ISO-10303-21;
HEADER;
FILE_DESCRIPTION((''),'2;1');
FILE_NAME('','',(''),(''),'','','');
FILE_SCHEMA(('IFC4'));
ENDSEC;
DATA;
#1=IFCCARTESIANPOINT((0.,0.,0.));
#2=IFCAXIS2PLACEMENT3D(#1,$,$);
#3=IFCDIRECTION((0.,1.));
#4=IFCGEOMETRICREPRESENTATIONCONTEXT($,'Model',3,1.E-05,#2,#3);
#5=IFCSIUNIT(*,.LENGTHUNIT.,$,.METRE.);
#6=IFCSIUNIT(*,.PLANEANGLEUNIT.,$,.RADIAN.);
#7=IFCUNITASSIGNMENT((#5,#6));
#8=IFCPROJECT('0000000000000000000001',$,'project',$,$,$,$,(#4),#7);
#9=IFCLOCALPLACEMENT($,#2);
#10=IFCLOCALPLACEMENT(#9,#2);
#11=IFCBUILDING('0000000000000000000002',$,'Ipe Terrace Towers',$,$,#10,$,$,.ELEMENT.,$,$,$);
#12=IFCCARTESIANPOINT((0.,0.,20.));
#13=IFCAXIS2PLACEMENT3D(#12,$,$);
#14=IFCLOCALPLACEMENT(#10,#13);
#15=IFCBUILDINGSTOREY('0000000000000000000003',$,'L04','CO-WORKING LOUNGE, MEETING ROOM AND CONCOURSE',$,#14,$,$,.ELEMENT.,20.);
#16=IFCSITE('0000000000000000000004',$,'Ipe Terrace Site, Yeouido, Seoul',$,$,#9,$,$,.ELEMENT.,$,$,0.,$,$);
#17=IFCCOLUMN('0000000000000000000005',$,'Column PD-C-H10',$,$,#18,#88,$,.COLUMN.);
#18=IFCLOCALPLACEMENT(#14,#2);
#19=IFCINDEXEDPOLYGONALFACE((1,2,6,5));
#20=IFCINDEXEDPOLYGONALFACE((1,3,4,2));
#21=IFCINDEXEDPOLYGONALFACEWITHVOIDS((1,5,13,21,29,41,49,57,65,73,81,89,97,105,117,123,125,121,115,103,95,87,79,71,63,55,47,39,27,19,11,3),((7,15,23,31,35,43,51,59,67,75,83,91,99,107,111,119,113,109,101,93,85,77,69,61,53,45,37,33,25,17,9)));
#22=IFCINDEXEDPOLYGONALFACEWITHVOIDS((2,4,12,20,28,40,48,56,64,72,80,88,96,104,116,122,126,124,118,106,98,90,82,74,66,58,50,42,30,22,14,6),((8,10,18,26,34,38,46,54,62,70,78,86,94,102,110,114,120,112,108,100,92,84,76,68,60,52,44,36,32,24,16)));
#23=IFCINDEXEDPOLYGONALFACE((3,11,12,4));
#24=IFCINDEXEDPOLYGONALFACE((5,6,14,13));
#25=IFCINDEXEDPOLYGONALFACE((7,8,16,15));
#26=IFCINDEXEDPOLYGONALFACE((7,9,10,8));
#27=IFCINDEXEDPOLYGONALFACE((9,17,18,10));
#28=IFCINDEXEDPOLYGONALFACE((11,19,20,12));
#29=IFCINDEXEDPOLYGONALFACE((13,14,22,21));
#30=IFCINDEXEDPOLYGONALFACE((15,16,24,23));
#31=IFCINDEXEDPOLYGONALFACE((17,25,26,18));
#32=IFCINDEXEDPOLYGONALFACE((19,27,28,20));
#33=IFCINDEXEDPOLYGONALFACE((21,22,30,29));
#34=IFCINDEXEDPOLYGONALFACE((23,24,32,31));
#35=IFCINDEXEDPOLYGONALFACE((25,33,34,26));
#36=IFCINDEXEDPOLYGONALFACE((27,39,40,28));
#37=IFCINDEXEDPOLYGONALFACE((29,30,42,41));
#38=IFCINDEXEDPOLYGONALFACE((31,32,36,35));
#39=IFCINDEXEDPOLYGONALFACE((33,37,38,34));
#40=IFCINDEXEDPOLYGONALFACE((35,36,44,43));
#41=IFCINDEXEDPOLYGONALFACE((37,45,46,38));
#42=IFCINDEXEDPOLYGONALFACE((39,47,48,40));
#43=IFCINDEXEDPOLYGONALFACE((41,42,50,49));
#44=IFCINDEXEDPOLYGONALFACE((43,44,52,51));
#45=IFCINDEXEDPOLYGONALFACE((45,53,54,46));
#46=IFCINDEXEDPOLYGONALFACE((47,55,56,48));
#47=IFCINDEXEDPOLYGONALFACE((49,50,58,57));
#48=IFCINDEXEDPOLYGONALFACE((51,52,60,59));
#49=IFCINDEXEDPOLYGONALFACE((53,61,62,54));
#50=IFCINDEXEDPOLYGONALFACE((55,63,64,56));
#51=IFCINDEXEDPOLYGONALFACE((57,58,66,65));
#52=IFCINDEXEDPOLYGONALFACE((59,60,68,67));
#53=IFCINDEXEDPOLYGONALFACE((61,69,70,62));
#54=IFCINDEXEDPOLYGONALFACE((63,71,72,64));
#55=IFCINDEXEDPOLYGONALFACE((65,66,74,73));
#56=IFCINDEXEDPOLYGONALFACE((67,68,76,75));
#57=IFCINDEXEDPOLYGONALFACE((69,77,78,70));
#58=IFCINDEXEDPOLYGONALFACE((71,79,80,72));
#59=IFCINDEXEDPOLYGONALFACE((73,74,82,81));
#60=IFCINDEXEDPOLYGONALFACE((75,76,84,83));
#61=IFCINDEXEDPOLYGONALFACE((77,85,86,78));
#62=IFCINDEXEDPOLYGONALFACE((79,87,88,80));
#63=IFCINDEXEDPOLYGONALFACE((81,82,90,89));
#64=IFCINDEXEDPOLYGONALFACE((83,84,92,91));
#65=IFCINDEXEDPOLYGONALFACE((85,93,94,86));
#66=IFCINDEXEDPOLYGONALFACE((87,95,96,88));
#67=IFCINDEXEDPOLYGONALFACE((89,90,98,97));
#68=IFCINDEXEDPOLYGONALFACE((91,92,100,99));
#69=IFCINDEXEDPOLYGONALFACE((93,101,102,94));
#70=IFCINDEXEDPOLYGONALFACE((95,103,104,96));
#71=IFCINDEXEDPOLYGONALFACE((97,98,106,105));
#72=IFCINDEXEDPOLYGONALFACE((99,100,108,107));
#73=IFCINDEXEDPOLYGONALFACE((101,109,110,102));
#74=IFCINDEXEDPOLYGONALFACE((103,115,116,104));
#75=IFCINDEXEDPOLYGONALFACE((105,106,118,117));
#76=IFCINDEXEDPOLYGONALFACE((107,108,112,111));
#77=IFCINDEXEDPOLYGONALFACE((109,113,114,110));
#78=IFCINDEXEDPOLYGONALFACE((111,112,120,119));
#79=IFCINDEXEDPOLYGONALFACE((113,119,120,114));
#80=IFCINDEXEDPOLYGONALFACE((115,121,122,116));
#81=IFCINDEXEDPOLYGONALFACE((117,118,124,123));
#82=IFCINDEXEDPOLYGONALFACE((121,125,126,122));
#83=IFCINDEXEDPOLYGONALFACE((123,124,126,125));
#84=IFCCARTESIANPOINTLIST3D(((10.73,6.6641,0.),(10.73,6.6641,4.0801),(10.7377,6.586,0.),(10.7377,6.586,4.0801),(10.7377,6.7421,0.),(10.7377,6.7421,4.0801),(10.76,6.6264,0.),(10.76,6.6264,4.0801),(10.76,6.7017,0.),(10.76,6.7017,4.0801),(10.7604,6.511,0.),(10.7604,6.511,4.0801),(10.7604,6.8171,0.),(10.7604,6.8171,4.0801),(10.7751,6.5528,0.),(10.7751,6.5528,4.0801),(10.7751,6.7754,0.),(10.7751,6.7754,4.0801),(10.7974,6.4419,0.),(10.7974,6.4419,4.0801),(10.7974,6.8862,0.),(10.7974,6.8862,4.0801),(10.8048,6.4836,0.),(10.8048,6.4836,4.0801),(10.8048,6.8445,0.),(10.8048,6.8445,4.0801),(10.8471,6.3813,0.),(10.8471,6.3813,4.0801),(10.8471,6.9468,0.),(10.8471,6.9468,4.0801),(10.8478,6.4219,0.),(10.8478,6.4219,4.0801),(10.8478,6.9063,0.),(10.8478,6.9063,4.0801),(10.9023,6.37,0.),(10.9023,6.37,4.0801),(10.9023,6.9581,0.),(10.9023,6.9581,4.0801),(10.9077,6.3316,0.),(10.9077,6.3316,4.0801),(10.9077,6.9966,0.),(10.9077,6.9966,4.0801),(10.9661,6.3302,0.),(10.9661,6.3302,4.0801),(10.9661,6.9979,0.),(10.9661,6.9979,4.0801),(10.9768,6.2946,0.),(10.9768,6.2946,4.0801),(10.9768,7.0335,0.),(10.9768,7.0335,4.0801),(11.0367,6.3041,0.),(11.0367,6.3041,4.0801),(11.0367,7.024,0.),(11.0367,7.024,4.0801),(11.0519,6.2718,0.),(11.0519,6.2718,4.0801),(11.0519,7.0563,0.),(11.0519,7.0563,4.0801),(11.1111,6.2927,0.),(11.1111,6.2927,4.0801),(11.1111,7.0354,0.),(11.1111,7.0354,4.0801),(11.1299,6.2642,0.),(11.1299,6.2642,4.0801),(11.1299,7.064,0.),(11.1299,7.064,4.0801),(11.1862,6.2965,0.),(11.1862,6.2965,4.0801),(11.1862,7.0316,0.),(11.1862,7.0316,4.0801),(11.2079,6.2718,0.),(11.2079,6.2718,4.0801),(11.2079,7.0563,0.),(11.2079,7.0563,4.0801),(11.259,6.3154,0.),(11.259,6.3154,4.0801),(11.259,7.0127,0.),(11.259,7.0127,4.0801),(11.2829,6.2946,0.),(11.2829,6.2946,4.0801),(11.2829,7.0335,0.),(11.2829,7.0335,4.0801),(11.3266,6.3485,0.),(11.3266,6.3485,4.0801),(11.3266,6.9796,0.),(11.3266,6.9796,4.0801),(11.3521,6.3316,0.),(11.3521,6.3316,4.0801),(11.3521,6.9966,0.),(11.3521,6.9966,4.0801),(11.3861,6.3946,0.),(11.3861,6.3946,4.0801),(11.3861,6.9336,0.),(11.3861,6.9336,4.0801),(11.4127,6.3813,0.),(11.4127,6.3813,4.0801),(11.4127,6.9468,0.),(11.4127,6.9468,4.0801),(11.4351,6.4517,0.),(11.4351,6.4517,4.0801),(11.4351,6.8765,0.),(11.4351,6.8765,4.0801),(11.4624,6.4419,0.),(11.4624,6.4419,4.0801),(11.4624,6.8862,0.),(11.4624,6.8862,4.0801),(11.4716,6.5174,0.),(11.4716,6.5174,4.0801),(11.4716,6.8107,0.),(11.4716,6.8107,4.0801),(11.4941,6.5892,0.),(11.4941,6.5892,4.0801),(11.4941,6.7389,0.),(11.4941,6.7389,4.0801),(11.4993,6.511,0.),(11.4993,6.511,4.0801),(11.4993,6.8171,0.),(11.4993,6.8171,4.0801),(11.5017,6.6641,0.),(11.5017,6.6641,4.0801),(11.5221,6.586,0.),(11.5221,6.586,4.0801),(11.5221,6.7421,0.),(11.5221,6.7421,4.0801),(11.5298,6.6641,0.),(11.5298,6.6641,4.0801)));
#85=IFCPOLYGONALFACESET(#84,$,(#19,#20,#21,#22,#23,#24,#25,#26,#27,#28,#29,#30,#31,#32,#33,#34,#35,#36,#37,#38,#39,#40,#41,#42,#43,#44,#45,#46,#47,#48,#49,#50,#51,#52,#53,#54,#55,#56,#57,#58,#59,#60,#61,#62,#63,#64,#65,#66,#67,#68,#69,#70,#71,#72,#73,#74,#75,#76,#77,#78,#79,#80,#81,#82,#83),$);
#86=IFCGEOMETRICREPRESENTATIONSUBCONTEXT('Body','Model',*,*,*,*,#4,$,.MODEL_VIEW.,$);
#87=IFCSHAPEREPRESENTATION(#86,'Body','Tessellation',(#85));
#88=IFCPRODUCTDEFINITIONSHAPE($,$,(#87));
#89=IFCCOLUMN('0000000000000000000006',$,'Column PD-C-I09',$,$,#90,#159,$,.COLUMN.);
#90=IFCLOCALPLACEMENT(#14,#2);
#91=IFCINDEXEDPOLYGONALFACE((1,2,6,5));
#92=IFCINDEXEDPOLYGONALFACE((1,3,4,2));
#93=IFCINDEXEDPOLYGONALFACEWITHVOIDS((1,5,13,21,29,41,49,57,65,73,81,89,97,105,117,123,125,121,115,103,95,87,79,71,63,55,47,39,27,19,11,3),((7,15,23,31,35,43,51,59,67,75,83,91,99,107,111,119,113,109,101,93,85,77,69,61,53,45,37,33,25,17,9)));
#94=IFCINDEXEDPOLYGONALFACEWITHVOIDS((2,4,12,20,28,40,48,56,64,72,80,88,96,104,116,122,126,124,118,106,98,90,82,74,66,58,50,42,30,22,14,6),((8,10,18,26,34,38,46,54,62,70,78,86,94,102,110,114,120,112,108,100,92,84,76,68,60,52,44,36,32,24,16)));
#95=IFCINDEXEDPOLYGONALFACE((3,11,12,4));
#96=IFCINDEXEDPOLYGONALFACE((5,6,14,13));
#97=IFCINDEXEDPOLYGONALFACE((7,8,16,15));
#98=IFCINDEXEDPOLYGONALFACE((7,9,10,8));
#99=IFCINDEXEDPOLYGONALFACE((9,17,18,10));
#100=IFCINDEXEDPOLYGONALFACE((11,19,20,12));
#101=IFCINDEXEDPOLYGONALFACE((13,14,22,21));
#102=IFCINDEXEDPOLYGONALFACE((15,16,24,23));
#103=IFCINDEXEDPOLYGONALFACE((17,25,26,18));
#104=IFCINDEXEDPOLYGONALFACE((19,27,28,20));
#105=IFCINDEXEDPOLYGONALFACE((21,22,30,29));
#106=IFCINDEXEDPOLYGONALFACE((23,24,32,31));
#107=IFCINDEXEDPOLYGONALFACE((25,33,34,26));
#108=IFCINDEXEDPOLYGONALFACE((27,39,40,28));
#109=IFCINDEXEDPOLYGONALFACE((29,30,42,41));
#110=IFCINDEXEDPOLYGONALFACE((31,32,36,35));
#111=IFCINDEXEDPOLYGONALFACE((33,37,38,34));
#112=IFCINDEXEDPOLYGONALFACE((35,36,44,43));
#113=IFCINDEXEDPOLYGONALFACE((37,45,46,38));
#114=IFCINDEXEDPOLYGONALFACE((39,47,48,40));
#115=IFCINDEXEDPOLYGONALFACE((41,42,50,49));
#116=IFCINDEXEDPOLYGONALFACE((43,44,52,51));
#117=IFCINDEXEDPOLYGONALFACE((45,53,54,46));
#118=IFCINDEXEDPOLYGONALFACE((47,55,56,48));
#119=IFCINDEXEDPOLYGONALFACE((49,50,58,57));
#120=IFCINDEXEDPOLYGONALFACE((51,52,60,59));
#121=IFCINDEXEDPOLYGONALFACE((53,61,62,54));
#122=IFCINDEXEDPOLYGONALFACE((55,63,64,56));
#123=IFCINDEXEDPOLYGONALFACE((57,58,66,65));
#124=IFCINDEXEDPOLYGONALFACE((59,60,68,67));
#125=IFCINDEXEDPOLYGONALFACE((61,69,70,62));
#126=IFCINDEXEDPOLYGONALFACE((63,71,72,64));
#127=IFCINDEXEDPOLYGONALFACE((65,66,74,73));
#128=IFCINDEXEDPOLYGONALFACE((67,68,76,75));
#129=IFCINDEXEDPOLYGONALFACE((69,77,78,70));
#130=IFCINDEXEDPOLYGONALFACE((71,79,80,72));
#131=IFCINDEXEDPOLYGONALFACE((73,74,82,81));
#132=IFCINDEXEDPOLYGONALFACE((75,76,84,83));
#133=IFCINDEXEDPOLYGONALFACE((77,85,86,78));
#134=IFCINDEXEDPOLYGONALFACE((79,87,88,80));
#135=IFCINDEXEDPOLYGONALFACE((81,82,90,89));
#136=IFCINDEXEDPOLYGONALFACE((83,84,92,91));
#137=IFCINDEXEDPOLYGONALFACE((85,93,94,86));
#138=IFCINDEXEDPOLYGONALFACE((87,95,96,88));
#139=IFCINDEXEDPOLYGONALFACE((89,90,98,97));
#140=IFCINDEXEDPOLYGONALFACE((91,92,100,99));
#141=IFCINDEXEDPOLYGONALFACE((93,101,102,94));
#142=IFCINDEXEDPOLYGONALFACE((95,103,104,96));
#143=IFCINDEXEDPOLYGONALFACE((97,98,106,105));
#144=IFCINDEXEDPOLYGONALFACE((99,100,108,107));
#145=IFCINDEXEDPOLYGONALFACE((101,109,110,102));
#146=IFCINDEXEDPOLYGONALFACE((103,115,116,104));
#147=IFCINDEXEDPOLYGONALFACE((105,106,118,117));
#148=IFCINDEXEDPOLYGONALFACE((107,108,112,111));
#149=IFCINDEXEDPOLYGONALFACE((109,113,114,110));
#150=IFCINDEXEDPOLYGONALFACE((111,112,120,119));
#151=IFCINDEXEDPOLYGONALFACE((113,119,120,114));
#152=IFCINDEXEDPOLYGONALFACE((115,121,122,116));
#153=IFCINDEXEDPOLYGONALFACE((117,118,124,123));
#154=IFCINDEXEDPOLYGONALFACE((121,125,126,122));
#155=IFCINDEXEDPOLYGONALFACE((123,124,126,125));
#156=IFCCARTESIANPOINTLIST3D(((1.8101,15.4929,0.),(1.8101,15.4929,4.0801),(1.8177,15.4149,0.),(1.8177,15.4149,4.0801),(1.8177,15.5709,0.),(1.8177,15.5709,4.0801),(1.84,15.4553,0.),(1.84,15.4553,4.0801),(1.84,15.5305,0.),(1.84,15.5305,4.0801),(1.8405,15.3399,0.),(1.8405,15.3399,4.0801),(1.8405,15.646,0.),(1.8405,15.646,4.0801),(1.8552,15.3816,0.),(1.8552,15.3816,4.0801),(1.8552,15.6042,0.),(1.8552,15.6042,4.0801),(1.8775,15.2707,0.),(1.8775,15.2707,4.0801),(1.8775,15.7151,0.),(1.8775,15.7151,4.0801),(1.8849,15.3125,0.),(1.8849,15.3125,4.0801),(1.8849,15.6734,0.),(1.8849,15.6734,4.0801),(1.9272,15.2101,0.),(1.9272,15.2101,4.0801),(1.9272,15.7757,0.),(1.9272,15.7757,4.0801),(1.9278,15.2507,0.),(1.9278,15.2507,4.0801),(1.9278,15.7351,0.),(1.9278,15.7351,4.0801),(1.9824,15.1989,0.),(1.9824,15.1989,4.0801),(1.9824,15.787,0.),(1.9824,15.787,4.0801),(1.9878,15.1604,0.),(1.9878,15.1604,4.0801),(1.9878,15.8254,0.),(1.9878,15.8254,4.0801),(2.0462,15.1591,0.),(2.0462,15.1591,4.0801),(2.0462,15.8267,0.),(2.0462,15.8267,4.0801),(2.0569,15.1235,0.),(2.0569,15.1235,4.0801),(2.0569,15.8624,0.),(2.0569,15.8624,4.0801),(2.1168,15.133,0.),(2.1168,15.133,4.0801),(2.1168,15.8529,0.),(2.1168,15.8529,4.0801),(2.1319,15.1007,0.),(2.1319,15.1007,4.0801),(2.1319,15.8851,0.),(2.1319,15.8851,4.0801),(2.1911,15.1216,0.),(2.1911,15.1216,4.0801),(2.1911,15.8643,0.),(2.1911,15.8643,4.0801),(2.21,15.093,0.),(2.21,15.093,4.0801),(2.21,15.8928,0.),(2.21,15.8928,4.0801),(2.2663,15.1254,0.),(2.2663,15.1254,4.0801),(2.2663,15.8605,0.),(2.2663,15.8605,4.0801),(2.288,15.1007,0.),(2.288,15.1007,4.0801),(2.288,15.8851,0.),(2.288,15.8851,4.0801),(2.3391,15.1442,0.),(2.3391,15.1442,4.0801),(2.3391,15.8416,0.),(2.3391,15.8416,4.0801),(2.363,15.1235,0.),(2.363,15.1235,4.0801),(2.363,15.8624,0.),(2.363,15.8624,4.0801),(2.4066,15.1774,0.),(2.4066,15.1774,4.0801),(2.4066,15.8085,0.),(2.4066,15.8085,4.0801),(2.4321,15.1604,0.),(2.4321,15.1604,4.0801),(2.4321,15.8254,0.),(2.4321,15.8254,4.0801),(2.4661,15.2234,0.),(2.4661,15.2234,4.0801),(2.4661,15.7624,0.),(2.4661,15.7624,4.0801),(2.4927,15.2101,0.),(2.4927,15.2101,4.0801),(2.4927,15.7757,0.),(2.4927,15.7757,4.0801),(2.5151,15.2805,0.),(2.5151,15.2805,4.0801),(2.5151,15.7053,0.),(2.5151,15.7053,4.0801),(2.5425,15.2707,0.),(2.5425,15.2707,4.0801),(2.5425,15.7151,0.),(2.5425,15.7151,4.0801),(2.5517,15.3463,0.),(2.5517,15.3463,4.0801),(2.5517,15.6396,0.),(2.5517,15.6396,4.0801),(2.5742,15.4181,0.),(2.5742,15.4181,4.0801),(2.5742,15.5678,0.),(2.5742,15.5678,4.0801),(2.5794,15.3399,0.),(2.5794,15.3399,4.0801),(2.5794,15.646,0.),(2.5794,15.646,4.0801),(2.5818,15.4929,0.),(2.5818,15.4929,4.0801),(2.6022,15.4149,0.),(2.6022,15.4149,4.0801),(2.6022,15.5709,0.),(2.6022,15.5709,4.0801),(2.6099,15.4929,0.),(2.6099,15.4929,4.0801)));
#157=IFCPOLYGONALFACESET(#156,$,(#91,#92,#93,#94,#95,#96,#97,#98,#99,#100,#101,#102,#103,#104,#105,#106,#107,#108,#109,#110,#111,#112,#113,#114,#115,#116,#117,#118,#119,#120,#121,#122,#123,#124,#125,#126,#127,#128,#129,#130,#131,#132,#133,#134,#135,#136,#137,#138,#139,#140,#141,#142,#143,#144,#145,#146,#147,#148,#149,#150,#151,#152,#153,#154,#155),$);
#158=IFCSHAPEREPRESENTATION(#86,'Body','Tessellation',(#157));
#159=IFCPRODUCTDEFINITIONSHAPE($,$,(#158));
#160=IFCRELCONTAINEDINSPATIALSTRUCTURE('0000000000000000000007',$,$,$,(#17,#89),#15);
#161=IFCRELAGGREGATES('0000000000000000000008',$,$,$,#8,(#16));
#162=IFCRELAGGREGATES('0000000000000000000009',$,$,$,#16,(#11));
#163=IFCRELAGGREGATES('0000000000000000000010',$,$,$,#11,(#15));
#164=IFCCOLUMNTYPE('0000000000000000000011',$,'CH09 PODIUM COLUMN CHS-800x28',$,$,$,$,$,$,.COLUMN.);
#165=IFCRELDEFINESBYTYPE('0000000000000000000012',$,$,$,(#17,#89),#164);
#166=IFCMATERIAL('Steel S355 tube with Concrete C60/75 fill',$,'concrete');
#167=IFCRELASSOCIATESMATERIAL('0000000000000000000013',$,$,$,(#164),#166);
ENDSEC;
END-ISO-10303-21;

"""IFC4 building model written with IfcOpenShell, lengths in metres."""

from ifc_helpers import new_model, si_unit, direction, frame, origin, origin_2d, place, context, subcontext, project, spatial, hollow_circle, extrude, material, material_profile, profile_set, type_object, element, save


model = new_model("IFC4")

# Units and contexts
model_context = context("Model", 3, precision=1e-05, world=origin(), true_north=direction((0.0, 1.0)))
body_context = subcontext(model_context, "Body", "Model", "MODEL_VIEW")
ifc_project = project(units=[si_unit("LENGTHUNIT", "METRE"), si_unit("PLANEANGLEUNIT", "RADIAN")], contexts=[model_context])

# Site, building, storey
site_placement = place(None, origin())
site = spatial("IfcSite", under=ifc_project, at=site_placement, Name="Ipe Terrace Site, Yeouido, Seoul", CompositionType="ELEMENT", RefElevation=0.0)
building_placement = place(site_placement, origin())
building = spatial("IfcBuilding", under=site, at=building_placement, Name="Ipe Terrace Towers", CompositionType="ELEMENT")
storey_placement = place(building_placement, frame((0.0, 0.0, 20.0)))
storey = spatial("IfcBuildingStorey", under=building, at=storey_placement, Name="L04", Description="CO-WORKING LOUNGE, MEETING ROOM AND CONCOURSE", CompositionType="ELEMENT", Elevation=20.0)

# Columns
ifc_material_1 = material(Name="Steel S355 tube with Concrete C60/75 fill", Category="concrete")
ifc_material_profile_1 = material_profile(ifc_material_1, hollow_circle(Radius=0.3999, WallThickness=0.0281, at=origin_2d()), Name="CHS-800x28")
ifc_profile_set_1 = profile_set([ifc_material_profile_1], Name="Steel S355 tube with Concrete C60/75 fill")
column_type_1 = type_object("IfcColumnType", Name="CH09 PODIUM COLUMN CHS-800x28", PredefinedType="COLUMN", material=ifc_profile_set_1)
for number, where, z_axis, x_axis, name in (
    (1, (11.1299, 6.6641, 0.0), (0.0, 0.0, 1.0), (1.0, 0.0, 0.0), "Column PD-C-H10"),
    (2, (2.21, 15.4929, 0.0), (0.0, 0.0, 1.0), (1.0, 0.0, 0.0), "Column PD-C-I09"),
):
    element("IfcColumn", number, at=place(storey_placement, frame(where, z_axis=z_axis, x_axis=x_axis)), inside=storey, type_object=column_type_1, Name=name, PredefinedType="COLUMN", context=body_context, shape_type="SweptSolid", body=[
        extrude(hollow_circle(Radius=0.3999, WallThickness=0.0281, at=origin_2d()), origin(), (0.0, 0.0, 1.0), 4.0801),
    ])

save(model, "model.ifc")
